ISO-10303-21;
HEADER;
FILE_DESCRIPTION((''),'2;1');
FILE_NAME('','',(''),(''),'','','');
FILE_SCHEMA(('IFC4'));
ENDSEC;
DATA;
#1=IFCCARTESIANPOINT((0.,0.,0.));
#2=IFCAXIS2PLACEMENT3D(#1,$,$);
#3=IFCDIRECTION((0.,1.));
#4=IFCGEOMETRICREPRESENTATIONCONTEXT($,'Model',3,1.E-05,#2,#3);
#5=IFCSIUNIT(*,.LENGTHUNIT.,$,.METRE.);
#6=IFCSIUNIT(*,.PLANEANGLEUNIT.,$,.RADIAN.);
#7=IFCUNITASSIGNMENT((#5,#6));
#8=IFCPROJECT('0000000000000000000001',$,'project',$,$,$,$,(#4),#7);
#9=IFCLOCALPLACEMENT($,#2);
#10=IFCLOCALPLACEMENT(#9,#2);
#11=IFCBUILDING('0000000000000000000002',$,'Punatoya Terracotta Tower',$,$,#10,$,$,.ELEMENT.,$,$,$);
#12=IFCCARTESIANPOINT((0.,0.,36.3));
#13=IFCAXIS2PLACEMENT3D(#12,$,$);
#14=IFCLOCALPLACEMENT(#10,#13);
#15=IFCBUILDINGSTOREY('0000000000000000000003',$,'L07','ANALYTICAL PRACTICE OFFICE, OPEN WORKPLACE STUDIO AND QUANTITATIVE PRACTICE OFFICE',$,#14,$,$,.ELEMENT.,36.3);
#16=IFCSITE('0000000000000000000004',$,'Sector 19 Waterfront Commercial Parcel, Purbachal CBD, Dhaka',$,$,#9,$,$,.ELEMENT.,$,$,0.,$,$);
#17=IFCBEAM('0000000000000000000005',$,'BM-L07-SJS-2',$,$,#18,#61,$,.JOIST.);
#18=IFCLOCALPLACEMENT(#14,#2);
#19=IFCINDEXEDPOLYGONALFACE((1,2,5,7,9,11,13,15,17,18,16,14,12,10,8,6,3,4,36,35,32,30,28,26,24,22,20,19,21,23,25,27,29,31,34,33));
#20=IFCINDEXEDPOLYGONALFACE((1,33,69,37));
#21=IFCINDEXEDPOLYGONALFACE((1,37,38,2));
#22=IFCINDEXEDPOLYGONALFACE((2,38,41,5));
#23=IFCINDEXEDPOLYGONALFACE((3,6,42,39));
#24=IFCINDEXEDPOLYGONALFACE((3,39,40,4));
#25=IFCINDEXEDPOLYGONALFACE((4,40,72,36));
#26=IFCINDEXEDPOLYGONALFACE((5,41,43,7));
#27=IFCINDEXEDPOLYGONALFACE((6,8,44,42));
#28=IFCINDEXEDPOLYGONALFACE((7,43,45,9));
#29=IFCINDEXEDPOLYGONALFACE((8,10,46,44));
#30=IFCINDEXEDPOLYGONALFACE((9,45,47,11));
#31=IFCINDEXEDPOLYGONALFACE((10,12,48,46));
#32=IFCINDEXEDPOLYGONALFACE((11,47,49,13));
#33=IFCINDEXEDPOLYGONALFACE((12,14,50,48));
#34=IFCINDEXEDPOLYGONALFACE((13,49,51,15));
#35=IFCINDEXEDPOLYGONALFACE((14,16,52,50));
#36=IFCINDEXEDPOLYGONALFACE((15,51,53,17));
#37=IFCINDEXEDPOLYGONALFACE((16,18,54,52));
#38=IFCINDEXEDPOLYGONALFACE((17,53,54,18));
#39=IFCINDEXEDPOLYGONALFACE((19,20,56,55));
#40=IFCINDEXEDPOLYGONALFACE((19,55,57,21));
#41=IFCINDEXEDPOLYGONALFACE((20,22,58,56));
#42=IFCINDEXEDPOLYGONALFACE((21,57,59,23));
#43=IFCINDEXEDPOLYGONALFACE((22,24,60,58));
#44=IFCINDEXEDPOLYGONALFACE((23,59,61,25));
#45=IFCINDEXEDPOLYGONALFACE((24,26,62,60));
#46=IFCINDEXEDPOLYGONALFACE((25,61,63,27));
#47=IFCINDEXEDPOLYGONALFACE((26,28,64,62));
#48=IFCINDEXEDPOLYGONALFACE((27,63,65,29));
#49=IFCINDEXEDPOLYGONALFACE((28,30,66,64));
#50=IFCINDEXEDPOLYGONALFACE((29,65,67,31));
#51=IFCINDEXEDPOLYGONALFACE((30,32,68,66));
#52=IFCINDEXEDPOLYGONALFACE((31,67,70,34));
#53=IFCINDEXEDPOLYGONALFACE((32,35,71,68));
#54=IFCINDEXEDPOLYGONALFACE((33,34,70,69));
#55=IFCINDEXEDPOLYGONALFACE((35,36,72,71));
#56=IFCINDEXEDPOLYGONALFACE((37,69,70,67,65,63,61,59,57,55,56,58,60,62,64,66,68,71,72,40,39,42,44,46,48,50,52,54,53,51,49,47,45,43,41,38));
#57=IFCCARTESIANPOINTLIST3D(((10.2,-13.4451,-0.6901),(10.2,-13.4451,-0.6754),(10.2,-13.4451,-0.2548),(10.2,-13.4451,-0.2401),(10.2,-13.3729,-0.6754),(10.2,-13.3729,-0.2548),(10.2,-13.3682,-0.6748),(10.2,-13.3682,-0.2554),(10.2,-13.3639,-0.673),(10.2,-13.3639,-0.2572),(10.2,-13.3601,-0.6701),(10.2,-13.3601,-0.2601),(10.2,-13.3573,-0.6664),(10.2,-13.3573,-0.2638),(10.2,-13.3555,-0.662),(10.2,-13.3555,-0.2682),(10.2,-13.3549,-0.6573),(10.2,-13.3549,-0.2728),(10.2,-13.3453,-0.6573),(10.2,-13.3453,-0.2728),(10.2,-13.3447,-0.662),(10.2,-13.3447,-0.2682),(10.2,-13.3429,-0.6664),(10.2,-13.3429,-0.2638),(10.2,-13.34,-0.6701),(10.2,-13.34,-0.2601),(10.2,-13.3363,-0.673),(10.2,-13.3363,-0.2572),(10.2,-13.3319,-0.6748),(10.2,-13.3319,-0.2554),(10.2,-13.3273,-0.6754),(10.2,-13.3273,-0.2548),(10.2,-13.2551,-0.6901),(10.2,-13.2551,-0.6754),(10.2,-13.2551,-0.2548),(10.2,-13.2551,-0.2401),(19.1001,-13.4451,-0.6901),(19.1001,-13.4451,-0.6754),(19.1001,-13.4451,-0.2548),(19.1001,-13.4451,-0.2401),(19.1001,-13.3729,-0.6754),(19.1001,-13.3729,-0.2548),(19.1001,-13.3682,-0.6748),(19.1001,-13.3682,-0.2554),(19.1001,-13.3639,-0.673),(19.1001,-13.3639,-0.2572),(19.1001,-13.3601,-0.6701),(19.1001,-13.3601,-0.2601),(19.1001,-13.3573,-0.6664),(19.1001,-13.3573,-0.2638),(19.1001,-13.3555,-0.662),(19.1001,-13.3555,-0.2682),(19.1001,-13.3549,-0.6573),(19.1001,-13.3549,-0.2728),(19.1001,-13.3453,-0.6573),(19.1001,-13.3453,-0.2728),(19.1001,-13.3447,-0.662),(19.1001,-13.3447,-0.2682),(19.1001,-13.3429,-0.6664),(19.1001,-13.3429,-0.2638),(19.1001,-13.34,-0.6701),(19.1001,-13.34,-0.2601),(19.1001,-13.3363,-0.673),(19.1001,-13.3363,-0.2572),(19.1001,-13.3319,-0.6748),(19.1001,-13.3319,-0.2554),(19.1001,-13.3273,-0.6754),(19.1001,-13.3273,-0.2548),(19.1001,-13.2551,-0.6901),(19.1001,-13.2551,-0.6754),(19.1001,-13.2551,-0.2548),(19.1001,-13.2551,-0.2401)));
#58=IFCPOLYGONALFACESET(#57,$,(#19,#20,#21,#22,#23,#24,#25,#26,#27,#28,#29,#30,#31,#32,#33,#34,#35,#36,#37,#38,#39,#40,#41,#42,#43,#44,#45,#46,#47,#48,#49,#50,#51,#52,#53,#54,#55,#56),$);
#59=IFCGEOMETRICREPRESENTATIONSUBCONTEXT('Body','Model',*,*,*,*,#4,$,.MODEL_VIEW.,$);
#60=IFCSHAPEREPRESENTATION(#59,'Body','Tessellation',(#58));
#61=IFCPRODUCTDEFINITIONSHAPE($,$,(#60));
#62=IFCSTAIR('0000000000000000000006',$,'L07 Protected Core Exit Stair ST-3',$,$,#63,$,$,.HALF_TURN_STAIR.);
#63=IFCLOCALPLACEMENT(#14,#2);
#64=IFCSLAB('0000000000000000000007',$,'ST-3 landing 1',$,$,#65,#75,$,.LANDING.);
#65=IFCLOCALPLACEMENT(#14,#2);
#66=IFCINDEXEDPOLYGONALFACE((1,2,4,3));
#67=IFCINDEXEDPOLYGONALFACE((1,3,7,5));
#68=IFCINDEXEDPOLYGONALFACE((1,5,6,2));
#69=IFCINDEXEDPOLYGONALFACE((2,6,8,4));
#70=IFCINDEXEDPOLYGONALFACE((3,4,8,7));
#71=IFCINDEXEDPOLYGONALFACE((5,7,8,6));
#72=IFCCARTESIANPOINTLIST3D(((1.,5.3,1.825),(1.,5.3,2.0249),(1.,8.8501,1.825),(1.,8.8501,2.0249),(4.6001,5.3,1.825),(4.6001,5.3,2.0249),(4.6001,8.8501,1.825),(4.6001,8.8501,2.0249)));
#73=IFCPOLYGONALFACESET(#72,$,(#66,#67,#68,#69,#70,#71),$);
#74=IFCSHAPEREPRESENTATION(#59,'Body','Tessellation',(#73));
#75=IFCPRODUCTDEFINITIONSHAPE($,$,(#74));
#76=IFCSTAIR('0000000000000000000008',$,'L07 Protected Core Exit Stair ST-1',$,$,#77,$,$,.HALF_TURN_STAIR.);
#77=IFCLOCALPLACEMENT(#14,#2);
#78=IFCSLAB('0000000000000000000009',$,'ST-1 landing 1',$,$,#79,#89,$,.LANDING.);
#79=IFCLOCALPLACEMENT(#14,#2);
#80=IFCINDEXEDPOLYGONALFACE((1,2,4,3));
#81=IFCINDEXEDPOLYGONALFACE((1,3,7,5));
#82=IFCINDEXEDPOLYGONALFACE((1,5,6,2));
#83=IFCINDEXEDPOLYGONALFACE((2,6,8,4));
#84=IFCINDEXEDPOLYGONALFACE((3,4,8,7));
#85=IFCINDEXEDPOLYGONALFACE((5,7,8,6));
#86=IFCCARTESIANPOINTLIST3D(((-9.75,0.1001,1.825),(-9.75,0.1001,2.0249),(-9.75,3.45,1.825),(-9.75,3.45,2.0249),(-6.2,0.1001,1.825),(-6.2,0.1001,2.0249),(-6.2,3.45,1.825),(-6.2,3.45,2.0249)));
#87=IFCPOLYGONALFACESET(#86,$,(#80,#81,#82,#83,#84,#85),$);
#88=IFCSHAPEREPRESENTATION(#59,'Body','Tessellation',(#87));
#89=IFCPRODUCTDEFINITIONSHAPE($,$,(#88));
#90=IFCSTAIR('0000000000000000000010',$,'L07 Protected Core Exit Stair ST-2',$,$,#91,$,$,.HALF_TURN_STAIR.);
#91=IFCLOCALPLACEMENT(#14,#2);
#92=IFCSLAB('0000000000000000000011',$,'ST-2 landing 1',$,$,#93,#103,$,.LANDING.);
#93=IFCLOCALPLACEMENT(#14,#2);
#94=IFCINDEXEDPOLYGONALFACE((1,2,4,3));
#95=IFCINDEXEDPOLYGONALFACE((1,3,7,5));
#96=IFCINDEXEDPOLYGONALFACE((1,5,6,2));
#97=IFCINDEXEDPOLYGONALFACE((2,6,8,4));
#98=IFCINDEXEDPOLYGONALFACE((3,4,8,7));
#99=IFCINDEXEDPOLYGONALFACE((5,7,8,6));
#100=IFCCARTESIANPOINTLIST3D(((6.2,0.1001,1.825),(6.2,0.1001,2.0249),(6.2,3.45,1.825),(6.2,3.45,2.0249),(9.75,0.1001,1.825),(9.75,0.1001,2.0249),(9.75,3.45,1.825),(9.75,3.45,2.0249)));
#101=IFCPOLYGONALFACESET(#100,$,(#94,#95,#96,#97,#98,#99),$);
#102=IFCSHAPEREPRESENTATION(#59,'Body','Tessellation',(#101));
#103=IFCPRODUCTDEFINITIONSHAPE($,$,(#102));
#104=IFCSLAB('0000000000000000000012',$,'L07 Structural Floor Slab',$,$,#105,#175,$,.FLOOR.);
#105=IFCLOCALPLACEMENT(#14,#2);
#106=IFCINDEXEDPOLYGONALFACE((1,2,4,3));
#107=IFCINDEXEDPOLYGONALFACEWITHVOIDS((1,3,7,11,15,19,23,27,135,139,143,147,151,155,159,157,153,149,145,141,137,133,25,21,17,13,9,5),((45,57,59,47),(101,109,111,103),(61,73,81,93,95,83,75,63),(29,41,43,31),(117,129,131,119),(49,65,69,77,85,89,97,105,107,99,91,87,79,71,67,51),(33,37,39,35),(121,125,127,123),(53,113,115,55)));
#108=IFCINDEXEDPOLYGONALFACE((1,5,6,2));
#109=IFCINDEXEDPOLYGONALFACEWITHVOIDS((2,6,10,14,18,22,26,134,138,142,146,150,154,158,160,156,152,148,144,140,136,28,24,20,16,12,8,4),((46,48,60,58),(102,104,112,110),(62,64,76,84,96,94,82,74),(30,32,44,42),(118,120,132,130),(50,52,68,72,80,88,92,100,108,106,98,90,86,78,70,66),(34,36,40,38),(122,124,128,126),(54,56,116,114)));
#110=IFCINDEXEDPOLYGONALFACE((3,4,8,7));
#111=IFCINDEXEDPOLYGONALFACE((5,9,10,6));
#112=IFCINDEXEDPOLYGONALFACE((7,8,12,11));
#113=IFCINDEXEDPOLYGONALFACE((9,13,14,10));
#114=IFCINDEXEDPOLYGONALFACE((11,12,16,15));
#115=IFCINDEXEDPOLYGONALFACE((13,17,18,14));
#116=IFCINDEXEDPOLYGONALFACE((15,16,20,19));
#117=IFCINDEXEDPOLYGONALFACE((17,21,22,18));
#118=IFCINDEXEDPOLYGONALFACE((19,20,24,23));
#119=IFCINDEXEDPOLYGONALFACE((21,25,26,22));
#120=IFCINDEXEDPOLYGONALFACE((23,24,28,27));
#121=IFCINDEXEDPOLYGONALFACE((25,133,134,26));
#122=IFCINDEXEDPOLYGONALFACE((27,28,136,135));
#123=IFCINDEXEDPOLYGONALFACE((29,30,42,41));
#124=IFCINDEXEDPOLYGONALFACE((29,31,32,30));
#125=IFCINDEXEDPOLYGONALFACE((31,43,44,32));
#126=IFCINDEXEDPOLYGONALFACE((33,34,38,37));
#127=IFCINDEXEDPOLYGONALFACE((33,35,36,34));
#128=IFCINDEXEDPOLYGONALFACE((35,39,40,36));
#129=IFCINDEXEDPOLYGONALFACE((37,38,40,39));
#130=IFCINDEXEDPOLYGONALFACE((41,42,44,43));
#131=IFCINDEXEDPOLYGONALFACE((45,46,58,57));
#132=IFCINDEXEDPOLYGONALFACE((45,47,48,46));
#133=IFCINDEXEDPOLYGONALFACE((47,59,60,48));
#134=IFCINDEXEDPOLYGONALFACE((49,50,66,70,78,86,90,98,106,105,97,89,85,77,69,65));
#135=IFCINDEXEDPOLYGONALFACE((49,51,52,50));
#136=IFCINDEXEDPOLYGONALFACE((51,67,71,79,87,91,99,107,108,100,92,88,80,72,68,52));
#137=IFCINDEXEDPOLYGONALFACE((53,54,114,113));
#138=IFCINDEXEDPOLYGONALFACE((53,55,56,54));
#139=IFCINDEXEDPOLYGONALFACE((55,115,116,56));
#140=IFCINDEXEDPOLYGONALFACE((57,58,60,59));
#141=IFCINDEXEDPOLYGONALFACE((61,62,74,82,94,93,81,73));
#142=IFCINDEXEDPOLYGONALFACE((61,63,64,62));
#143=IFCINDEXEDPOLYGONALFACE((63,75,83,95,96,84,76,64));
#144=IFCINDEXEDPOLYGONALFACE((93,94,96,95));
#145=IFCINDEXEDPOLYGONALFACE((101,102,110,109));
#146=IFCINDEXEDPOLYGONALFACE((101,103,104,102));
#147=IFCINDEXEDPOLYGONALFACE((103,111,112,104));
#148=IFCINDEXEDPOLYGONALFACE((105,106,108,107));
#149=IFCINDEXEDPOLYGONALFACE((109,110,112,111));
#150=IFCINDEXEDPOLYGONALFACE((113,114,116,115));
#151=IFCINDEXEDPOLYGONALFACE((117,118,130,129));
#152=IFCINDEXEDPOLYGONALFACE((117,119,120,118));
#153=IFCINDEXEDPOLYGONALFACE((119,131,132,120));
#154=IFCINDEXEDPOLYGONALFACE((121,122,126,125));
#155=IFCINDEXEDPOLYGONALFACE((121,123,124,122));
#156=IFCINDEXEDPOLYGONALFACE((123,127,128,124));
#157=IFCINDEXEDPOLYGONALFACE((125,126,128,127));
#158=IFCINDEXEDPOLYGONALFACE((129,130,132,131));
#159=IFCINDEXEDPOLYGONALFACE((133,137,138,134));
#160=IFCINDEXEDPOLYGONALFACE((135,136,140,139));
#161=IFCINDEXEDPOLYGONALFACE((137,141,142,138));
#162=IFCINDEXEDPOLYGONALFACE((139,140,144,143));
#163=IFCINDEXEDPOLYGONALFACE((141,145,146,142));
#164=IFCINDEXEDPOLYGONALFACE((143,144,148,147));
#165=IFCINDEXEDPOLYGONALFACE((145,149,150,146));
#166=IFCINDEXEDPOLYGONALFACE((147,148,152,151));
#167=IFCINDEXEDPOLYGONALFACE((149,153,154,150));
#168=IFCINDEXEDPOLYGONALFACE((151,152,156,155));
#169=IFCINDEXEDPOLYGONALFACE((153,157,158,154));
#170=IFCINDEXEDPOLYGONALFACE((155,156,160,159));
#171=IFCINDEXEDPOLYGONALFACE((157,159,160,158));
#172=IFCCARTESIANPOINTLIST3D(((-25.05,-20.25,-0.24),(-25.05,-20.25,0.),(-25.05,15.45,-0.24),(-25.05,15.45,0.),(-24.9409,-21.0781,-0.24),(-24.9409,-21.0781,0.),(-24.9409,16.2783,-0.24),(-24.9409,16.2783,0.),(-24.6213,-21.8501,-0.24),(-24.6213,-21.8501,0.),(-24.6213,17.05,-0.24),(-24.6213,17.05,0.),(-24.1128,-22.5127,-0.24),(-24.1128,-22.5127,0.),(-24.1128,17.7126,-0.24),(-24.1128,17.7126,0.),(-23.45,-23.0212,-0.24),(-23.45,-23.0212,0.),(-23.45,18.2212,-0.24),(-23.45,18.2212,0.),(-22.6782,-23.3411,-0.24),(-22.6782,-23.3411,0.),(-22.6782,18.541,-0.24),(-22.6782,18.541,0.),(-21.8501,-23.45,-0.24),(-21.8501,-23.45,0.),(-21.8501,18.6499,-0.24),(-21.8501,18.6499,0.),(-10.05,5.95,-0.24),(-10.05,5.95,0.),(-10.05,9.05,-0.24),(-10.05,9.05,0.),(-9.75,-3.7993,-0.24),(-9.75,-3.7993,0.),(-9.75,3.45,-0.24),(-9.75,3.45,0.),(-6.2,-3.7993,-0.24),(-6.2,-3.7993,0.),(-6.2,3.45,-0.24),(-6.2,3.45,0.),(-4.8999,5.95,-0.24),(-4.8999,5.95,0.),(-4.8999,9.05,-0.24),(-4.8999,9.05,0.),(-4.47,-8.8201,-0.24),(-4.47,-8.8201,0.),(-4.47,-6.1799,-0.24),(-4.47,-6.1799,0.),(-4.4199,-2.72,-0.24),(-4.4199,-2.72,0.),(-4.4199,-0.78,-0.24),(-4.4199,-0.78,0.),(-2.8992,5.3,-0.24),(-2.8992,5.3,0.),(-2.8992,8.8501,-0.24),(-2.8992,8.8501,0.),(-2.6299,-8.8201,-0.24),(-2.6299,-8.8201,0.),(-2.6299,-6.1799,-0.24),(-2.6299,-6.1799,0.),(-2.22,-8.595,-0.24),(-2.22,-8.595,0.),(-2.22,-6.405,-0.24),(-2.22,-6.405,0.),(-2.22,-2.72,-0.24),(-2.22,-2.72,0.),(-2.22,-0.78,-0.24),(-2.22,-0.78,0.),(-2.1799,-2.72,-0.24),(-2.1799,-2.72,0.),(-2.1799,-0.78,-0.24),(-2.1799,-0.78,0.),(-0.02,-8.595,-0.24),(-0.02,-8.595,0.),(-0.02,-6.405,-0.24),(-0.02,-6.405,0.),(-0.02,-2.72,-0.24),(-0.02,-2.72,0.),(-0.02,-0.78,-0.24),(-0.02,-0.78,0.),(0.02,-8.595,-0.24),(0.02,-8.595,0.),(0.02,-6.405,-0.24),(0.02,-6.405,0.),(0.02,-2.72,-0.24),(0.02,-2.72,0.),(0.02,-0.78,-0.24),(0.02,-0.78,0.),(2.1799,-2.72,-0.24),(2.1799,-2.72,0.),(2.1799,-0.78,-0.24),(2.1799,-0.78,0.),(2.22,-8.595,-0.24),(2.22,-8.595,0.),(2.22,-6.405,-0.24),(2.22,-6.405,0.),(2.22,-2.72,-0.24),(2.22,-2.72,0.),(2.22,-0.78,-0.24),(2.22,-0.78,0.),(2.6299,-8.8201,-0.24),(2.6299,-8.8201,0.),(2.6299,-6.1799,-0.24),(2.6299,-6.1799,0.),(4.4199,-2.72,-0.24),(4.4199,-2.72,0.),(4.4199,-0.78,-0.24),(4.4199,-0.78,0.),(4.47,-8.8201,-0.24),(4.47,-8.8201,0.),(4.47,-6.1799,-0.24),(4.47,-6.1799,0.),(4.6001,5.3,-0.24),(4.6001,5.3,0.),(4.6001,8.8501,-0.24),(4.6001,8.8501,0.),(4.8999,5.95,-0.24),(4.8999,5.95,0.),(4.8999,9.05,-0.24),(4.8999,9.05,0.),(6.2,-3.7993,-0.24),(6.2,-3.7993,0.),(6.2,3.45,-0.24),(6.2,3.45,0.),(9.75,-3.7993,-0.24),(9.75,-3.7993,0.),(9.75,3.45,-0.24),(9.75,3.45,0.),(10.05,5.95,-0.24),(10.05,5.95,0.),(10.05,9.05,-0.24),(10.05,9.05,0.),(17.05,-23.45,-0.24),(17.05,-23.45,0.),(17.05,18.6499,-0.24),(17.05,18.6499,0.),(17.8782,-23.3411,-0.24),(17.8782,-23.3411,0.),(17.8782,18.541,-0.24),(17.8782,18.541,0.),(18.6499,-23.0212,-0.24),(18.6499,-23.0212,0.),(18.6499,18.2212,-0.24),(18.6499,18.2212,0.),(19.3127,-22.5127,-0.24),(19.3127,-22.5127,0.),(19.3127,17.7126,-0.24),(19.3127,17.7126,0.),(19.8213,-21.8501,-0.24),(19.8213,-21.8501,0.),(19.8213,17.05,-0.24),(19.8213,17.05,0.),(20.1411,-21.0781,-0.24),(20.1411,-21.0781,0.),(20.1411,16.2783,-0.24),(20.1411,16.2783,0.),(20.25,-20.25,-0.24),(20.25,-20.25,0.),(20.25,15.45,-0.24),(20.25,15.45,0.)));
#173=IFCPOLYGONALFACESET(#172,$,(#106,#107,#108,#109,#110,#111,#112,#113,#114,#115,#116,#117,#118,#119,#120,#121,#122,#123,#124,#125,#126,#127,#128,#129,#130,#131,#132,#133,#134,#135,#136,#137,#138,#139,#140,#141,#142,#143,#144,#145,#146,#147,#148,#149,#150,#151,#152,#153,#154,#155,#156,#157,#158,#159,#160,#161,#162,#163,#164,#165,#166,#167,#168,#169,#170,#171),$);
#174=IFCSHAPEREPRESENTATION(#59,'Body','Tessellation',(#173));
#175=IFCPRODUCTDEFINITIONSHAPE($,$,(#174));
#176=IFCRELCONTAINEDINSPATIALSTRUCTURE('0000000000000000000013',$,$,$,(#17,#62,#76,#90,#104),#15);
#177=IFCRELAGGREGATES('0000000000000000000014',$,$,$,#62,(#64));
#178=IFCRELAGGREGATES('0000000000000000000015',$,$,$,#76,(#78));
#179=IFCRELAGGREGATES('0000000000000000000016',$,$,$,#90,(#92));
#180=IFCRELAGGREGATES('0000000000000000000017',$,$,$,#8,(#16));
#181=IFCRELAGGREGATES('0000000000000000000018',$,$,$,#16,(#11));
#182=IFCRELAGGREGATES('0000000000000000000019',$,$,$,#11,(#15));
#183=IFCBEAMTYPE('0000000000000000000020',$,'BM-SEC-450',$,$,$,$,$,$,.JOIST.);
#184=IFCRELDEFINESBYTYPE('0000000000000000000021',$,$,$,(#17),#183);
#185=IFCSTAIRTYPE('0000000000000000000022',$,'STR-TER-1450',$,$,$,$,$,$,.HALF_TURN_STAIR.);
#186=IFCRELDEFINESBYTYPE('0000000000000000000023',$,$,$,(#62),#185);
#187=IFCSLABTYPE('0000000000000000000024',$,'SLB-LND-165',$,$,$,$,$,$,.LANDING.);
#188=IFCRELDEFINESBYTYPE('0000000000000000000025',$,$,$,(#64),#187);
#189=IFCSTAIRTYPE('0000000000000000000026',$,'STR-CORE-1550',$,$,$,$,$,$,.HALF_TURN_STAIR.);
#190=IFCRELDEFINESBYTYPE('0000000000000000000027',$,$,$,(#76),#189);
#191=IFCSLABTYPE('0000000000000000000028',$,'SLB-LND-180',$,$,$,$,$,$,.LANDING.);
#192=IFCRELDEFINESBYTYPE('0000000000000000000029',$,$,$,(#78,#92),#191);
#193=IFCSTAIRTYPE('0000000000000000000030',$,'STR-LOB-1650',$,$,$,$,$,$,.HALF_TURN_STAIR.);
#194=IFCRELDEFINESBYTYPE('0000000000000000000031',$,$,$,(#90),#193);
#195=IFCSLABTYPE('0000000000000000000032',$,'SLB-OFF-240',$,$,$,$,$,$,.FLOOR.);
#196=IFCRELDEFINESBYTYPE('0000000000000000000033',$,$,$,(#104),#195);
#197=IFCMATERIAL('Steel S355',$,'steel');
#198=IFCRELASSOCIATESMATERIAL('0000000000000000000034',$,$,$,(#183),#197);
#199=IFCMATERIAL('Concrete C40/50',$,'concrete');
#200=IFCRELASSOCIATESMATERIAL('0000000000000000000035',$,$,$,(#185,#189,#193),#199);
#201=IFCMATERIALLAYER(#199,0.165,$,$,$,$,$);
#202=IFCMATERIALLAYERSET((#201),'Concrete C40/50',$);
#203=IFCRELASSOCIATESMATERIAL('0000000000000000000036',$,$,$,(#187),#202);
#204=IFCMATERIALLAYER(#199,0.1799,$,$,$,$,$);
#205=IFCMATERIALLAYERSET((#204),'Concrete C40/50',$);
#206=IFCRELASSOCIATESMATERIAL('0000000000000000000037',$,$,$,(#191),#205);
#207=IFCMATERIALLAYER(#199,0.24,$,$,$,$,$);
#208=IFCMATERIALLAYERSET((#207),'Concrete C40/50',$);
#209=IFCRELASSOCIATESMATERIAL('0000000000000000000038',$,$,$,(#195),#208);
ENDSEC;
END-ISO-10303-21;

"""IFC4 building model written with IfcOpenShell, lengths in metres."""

from ifc_helpers import new_model, si_unit, direction, frame, origin, origin_2d, place, context, subcontext, project, spatial, polyline, i_section, outline, extrude, material, layer, layer_set, material_profile, profile_set, type_object, element, aggregate, save


model = new_model("IFC4")

# Units and contexts
model_context = context("Model", 3, precision=1e-05, world=origin(), true_north=direction((0.0, 1.0)))
body_context = subcontext(model_context, "Body", "Model", "MODEL_VIEW")
ifc_project = project(units=[si_unit("LENGTHUNIT", "METRE"), si_unit("PLANEANGLEUNIT", "RADIAN")], contexts=[model_context])

# Site, building, storey
site_placement = place(None, origin())
site = spatial("IfcSite", under=ifc_project, at=site_placement, Name="Sector 19 Waterfront Commercial Parcel, Purbachal CBD, Dhaka", CompositionType="ELEMENT", RefElevation=0.0)
building_placement = place(site_placement, origin())
building = spatial("IfcBuilding", under=site, at=building_placement, Name="Punatoya Terracotta Tower", CompositionType="ELEMENT")
storey_placement = place(building_placement, frame((0.0, 0.0, 36.3)))
storey = spatial("IfcBuildingStorey", under=building, at=storey_placement, Name="L07", Description="ANALYTICAL PRACTICE OFFICE, OPEN WORKPLACE STUDIO AND QUANTITATIVE PRACTICE OFFICE", CompositionType="ELEMENT", Elevation=36.3)

# Beam
ifc_material_1 = material(Name="Steel S355", Category="steel")
ifc_material_profile_1 = material_profile(ifc_material_1, i_section(OverallWidth=0.1899, OverallDepth=0.45, WebThickness=0.0095, FlangeThickness=0.0146, FilletRadius=0.0181, at=origin_2d()))
ifc_profile_set_1 = profile_set([ifc_material_profile_1], Name="Steel S355")
beam_type_1 = type_object("IfcBeamType", Name="BM-SEC-450", PredefinedType="JOIST", material=ifc_profile_set_1)
beam_placement = place(storey_placement, frame((10.2, -13.3501, -0.4651), z_axis=(1.0, 0.0, 0.0), x_axis=(0.0, 1.0, 0.0)))
element("IfcBeam", 1, at=beam_placement, inside=storey, type_object=beam_type_1, Name="BM-L07-SJS-2", PredefinedType="JOIST", context=body_context, shape_type="SweptSolid", body=[
    extrude(i_section(OverallWidth=0.1899, OverallDepth=0.45, WebThickness=0.0095, FlangeThickness=0.0146, FilletRadius=0.0181, at=origin_2d()), origin(), (0.0, 0.0, 1.0), 8.9001),
])

# Stairs, slabs
ifc_material_2 = material(Name="Concrete C40/50", Category="concrete")
stair_type_1 = type_object("IfcStairType", Name="STR-TER-1450", PredefinedType="HALF_TURN_STAIR", material=ifc_material_2)
stair_1_placement = place(storey_placement, origin())
stair_1 = element("IfcStair", 2, at=stair_1_placement, inside=storey, type_object=stair_type_1, Name="L07 Protected Core Exit Stair ST-3", PredefinedType="HALF_TURN_STAIR")
ifc_layer_1 = layer(ifc_material_2, 0.165)
ifc_layer_set_1 = layer_set([ifc_layer_1], Name="Concrete C40/50")
slab_type_1 = type_object("IfcSlabType", Name="SLB-LND-165", PredefinedType="LANDING", material=ifc_layer_set_1)
slab_1_placement = place(storey_placement, frame((0.0, 0.0, 1.825)))
slab_1 = element("IfcSlab", 3, at=slab_1_placement, type_object=slab_type_1, Name="ST-3 landing 1", PredefinedType="LANDING", context=body_context, shape_type="SweptSolid", body=[
    extrude(outline(polyline([(1.0, 5.3), (4.6001, 5.3), (4.6001, 8.8501), (1.0, 8.8501), (1.0, 5.3)])), origin(), (0.0, 0.0, 1.0), 0.2),
])
aggregate(stair_1, [slab_1])
stair_type_2 = type_object("IfcStairType", Name="STR-CORE-1550", PredefinedType="HALF_TURN_STAIR", material=ifc_material_2)
stair_2_placement = place(storey_placement, origin())
stair_2 = element("IfcStair", 4, at=stair_2_placement, inside=storey, type_object=stair_type_2, Name="L07 Protected Core Exit Stair ST-1", PredefinedType="HALF_TURN_STAIR")
ifc_layer_2 = layer(ifc_material_2, 0.1799)
ifc_layer_set_2 = layer_set([ifc_layer_2], Name="Concrete C40/50")
slab_type_2 = type_object("IfcSlabType", Name="SLB-LND-180", PredefinedType="LANDING", material=ifc_layer_set_2)
slab_2_placement = place(storey_placement, frame((0.0, 0.0, 1.825)))
slab_2 = element("IfcSlab", 5, at=slab_2_placement, type_object=slab_type_2, Name="ST-1 landing 1", PredefinedType="LANDING", context=body_context, shape_type="SweptSolid", body=[
    extrude(outline(polyline([(-6.2, 0.1001), (-6.2, 3.45), (-9.75, 3.45), (-9.75, 0.1001), (-6.2, 0.1001)])), origin(), (0.0, 0.0, 1.0), 0.2),
])
aggregate(stair_2, [slab_2])
stair_type_3 = type_object("IfcStairType", Name="STR-LOB-1650", PredefinedType="HALF_TURN_STAIR", material=ifc_material_2)
stair_3_placement = place(storey_placement, origin())
stair_3 = element("IfcStair", 6, at=stair_3_placement, inside=storey, type_object=stair_type_3, Name="L07 Protected Core Exit Stair ST-2", PredefinedType="HALF_TURN_STAIR")
slab_3_placement = place(storey_placement, frame((0.0, 0.0, 1.825)))
slab_3 = element("IfcSlab", 7, at=slab_3_placement, type_object=slab_type_2, Name="ST-2 landing 1", PredefinedType="LANDING", context=body_context, shape_type="SweptSolid", body=[
    extrude(outline(polyline([(9.75, 0.1001), (9.75, 3.45), (6.2, 3.45), (6.2, 0.1001), (9.75, 0.1001)])), origin(), (0.0, 0.0, 1.0), 0.2),
])

# Slab
ifc_layer_3 = layer(ifc_material_2, 0.24)
ifc_layer_set_3 = layer_set([ifc_layer_3], Name="Concrete C40/50")
slab_type_3 = type_object("IfcSlabType", Name="SLB-OFF-240", PredefinedType="FLOOR", material=ifc_layer_set_3)
slab_4_placement = place(storey_placement, frame((0.0, 0.0, -0.24)))
element("IfcSlab", 8, at=slab_4_placement, inside=storey, type_object=slab_type_3, Name="L07 Structural Floor Slab", PredefinedType="FLOOR", context=body_context, shape_type="SweptSolid", body=[
    extrude(outline(polyline([(-21.8501, -23.45), (-22.6782, -23.3411), (-23.45, -23.0212), (-24.1128, -22.5127), (-24.6213, -21.8501), (-24.9409, -21.0781), (-25.05, -20.25), (-25.05, 15.45), (-24.9409, 16.2783), (-24.6213, 17.05), (-24.1128, 17.7126), (-23.45, 18.2212), (-22.6782, 18.541), (-21.8501, 18.6499), (17.05, 18.6499), (17.8782, 18.541), (18.6499, 18.2212), (19.3127, 17.7126), (19.8213, 17.05), (20.1411, 16.2783), (20.25, 15.45), (20.25, -20.25), (20.1411, -21.0781), (19.8213, -21.8501), (19.3127, -22.5127), (18.6499, -23.0212), (17.8782, -23.3411), (17.05, -23.45), (-21.8501, -23.45)]), holes=[polyline([(-2.6299, -6.1799), (-4.47, -6.1799), (-4.47, -8.8201), (-2.6299, -8.8201), (-2.6299, -6.1799)]), polyline([(0.02, -8.595), (2.22, -8.595), (2.22, -6.405), (0.02, -6.405), (-0.02, -6.405), (-2.22, -6.405), (-2.22, -8.595), (-0.02, -8.595), (0.02, -8.595)]), polyline([(-2.22, -2.72), (-2.1799, -2.72), (-0.02, -2.72), (0.02, -2.72), (2.1799, -2.72), (2.22, -2.72), (4.4199, -2.72), (4.4199, -0.78), (2.22, -0.78), (2.1799, -0.78), (0.02, -0.78), (-0.02, -0.78), (-2.1799, -0.78), (-2.22, -0.78), (-4.4199, -0.78), (-4.4199, -2.72), (-2.22, -2.72)]), polyline([(-6.2, 3.45), (-9.75, 3.45), (-9.75, -3.7993), (-6.2, -3.7993), (-6.2, 3.45)]), polyline([(4.6001, 5.3), (4.6001, 8.8501), (-2.8992, 8.8501), (-2.8992, 5.3), (4.6001, 5.3)]), polyline([(-4.8999, 9.05), (-10.05, 9.05), (-10.05, 5.95), (-4.8999, 5.95), (-4.8999, 9.05)]), polyline([(4.47, -8.8201), (4.47, -6.1799), (2.6299, -6.1799), (2.6299, -8.8201), (4.47, -8.8201)]), polyline([(9.75, 3.45), (6.2, 3.45), (6.2, -3.7993), (9.75, -3.7993), (9.75, 3.45)]), polyline([(10.05, 5.95), (10.05, 9.05), (4.8999, 9.05), (4.8999, 5.95), (10.05, 5.95)])]), origin(), (0.0, 0.0, 1.0), 0.24),
])

aggregate(stair_3, [slab_3])

save(model, "model.ifc")
